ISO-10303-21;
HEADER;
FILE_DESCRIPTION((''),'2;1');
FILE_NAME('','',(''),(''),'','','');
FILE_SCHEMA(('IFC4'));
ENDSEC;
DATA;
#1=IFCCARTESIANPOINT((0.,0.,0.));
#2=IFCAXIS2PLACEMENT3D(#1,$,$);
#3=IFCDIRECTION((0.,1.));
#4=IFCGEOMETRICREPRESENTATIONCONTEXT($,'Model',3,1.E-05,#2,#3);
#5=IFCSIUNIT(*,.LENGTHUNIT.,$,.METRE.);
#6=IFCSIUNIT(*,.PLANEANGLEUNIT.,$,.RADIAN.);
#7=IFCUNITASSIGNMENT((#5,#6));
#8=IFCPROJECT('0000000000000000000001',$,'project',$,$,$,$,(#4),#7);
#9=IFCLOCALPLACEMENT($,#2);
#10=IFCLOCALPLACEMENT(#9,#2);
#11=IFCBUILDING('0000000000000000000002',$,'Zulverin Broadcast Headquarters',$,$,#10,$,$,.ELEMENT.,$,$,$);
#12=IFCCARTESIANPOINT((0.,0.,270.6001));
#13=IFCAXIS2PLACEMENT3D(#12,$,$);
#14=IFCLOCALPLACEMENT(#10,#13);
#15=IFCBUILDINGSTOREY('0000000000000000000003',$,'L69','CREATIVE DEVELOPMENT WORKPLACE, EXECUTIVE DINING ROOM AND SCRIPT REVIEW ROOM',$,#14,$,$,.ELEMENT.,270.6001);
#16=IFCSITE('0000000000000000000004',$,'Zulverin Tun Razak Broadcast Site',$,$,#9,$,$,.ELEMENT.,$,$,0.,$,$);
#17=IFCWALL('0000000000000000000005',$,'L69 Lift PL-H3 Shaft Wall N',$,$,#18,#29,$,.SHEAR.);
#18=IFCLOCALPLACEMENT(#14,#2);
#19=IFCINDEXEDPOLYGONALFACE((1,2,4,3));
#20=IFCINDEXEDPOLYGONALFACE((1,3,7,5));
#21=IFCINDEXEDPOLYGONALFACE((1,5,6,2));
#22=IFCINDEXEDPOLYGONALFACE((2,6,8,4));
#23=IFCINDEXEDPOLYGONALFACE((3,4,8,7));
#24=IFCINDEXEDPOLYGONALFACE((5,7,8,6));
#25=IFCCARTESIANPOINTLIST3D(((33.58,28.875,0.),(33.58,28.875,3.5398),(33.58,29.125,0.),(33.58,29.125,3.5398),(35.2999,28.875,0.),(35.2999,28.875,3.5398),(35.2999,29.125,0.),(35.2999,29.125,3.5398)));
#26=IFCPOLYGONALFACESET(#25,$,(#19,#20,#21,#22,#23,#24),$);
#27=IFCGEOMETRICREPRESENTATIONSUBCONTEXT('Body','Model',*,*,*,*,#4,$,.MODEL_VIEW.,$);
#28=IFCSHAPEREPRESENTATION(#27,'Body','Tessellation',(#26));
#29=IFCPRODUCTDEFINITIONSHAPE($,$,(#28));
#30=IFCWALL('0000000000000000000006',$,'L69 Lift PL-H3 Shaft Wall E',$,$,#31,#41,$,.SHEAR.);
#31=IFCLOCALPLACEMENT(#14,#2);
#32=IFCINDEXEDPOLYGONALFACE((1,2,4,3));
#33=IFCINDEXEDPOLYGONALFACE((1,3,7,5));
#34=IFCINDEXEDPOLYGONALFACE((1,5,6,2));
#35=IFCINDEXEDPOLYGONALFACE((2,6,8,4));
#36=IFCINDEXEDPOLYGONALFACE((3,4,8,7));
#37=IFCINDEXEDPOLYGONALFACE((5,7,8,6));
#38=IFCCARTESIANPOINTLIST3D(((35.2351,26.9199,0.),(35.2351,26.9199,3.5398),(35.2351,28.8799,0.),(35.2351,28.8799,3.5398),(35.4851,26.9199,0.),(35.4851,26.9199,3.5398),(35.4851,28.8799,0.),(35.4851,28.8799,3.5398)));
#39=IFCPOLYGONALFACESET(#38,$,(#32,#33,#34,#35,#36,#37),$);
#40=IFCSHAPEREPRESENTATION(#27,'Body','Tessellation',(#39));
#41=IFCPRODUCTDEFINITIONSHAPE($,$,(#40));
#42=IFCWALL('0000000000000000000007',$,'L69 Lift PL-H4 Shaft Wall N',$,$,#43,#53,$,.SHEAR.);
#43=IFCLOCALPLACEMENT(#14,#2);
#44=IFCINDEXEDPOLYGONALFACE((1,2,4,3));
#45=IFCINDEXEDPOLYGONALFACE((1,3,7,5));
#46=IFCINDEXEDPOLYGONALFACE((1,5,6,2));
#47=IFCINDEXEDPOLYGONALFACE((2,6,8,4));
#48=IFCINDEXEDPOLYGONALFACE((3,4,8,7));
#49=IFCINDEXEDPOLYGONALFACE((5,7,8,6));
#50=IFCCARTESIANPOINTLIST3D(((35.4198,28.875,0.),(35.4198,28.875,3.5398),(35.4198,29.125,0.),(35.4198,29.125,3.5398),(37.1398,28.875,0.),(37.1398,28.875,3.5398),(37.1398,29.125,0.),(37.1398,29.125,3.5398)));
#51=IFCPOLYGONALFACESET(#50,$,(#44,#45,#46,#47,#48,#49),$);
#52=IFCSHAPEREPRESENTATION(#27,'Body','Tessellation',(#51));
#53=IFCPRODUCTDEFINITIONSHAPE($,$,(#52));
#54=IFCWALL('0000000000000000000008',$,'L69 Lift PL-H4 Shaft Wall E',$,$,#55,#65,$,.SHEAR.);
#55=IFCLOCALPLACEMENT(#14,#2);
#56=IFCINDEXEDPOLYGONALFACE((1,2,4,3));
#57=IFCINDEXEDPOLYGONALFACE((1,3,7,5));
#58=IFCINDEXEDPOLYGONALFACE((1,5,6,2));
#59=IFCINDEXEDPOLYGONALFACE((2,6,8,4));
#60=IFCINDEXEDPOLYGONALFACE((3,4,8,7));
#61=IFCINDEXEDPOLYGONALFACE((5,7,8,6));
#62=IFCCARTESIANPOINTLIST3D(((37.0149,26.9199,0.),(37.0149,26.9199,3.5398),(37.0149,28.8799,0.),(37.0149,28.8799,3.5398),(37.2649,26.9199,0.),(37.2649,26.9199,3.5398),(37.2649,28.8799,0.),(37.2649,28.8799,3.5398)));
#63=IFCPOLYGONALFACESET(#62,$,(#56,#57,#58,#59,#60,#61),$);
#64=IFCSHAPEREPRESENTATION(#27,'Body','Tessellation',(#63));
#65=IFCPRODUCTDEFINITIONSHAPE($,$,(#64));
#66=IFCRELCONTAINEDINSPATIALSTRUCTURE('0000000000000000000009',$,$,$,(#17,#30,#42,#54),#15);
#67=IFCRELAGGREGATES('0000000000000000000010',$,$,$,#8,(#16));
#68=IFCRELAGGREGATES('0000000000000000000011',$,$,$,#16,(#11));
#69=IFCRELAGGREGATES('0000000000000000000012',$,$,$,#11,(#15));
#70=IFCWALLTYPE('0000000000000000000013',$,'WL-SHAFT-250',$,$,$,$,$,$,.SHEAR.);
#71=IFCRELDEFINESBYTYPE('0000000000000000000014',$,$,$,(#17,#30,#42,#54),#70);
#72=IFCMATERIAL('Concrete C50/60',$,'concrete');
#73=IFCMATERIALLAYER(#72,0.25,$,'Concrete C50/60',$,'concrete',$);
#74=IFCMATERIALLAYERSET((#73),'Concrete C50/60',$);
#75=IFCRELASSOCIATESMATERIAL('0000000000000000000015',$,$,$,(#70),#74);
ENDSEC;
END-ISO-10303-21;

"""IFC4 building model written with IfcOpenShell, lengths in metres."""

from ifc_helpers import new_model, si_unit, direction, frame, frame_2d, origin, place, context, subcontext, project, spatial, rectangle, extrude, material, layer, layer_set, type_object, element, save


model = new_model("IFC4")

# Units and contexts
model_context = context("Model", 3, precision=1e-05, world=origin(), true_north=direction((0.0, 1.0)))
body_context = subcontext(model_context, "Body", "Model", "MODEL_VIEW")
ifc_project = project(units=[si_unit("LENGTHUNIT", "METRE"), si_unit("PLANEANGLEUNIT", "RADIAN")], contexts=[model_context])

# Site, building, storey
site_placement = place(None, origin())
site = spatial("IfcSite", under=ifc_project, at=site_placement, Name="Zulverin Tun Razak Broadcast Site", CompositionType="ELEMENT", RefElevation=0.0)
building_placement = place(site_placement, origin())
building = spatial("IfcBuilding", under=site, at=building_placement, Name="Zulverin Broadcast Headquarters", CompositionType="ELEMENT")
storey_placement = place(building_placement, frame((0.0, 0.0, 270.6001)))
storey = spatial("IfcBuildingStorey", under=building, at=storey_placement, Name="L69", Description="CREATIVE DEVELOPMENT WORKPLACE, EXECUTIVE DINING ROOM AND SCRIPT REVIEW ROOM", CompositionType="ELEMENT", Elevation=270.6001)

# Shared definitions
ifc_material_1 = material(Name="Concrete C50/60", Category="concrete")
ifc_layer_1 = layer(ifc_material_1, 0.25, Name="Concrete C50/60", Category="concrete")
ifc_layer_set_1 = layer_set([ifc_layer_1], Name="Concrete C50/60")
wall_type_1 = type_object("IfcWallType", Name="WL-SHAFT-250", PredefinedType="SHEAR", material=ifc_layer_set_1)

# Walls
wall_1_placement = place(storey_placement, frame((33.5801, 29.0, 0.0), z_axis=(0.0, 0.0, 1.0), x_axis=(1.0, 0.0, 0.0)))
element("IfcWall", 1, at=wall_1_placement, inside=storey, type_object=wall_type_1, Name="L69 Lift PL-H3 Shaft Wall N", PredefinedType="SHEAR", context=body_context, shape_type="SweptSolid", body=[
    extrude(rectangle(XDim=1.72, YDim=0.25, at=frame_2d((0.8599, 0.0))), origin(), (0.0, 0.0, 1.0), 3.5398),
])
wall_2_placement = place(storey_placement, frame((35.3601, 26.9199, 0.0), z_axis=(0.0, 0.0, 1.0), x_axis=(0.0, 1.0, 0.0)))
element("IfcWall", 2, at=wall_2_placement, inside=storey, type_object=wall_type_1, Name="L69 Lift PL-H3 Shaft Wall E", PredefinedType="SHEAR", context=body_context, shape_type="SweptSolid", body=[
    extrude(rectangle(XDim=1.96, YDim=0.25, at=frame_2d((0.98, 0.0))), origin(), (0.0, 0.0, 1.0), 3.5398),
])

# Walls
wall_3_placement = place(storey_placement, frame((35.4199, 29.0, 0.0), z_axis=(0.0, 0.0, 1.0), x_axis=(1.0, 0.0, 0.0)))
element("IfcWall", 3, at=wall_3_placement, inside=storey, type_object=wall_type_1, Name="L69 Lift PL-H4 Shaft Wall N", PredefinedType="SHEAR", context=body_context, shape_type="SweptSolid", body=[
    extrude(rectangle(XDim=1.72, YDim=0.25, at=frame_2d((0.8599, 0.0))), origin(), (0.0, 0.0, 1.0), 3.5398),
])
wall_4_placement = place(storey_placement, frame((37.1399, 26.9199, 0.0), z_axis=(0.0, 0.0, 1.0), x_axis=(0.0, 1.0, 0.0)))
element("IfcWall", 4, at=wall_4_placement, inside=storey, type_object=wall_type_1, Name="L69 Lift PL-H4 Shaft Wall E", PredefinedType="SHEAR", context=body_context, shape_type="SweptSolid", body=[
    extrude(rectangle(XDim=1.96, YDim=0.25, at=frame_2d((0.98, 0.0))), origin(), (0.0, 0.0, 1.0), 3.5398),
])

save(model, "model.ifc")
